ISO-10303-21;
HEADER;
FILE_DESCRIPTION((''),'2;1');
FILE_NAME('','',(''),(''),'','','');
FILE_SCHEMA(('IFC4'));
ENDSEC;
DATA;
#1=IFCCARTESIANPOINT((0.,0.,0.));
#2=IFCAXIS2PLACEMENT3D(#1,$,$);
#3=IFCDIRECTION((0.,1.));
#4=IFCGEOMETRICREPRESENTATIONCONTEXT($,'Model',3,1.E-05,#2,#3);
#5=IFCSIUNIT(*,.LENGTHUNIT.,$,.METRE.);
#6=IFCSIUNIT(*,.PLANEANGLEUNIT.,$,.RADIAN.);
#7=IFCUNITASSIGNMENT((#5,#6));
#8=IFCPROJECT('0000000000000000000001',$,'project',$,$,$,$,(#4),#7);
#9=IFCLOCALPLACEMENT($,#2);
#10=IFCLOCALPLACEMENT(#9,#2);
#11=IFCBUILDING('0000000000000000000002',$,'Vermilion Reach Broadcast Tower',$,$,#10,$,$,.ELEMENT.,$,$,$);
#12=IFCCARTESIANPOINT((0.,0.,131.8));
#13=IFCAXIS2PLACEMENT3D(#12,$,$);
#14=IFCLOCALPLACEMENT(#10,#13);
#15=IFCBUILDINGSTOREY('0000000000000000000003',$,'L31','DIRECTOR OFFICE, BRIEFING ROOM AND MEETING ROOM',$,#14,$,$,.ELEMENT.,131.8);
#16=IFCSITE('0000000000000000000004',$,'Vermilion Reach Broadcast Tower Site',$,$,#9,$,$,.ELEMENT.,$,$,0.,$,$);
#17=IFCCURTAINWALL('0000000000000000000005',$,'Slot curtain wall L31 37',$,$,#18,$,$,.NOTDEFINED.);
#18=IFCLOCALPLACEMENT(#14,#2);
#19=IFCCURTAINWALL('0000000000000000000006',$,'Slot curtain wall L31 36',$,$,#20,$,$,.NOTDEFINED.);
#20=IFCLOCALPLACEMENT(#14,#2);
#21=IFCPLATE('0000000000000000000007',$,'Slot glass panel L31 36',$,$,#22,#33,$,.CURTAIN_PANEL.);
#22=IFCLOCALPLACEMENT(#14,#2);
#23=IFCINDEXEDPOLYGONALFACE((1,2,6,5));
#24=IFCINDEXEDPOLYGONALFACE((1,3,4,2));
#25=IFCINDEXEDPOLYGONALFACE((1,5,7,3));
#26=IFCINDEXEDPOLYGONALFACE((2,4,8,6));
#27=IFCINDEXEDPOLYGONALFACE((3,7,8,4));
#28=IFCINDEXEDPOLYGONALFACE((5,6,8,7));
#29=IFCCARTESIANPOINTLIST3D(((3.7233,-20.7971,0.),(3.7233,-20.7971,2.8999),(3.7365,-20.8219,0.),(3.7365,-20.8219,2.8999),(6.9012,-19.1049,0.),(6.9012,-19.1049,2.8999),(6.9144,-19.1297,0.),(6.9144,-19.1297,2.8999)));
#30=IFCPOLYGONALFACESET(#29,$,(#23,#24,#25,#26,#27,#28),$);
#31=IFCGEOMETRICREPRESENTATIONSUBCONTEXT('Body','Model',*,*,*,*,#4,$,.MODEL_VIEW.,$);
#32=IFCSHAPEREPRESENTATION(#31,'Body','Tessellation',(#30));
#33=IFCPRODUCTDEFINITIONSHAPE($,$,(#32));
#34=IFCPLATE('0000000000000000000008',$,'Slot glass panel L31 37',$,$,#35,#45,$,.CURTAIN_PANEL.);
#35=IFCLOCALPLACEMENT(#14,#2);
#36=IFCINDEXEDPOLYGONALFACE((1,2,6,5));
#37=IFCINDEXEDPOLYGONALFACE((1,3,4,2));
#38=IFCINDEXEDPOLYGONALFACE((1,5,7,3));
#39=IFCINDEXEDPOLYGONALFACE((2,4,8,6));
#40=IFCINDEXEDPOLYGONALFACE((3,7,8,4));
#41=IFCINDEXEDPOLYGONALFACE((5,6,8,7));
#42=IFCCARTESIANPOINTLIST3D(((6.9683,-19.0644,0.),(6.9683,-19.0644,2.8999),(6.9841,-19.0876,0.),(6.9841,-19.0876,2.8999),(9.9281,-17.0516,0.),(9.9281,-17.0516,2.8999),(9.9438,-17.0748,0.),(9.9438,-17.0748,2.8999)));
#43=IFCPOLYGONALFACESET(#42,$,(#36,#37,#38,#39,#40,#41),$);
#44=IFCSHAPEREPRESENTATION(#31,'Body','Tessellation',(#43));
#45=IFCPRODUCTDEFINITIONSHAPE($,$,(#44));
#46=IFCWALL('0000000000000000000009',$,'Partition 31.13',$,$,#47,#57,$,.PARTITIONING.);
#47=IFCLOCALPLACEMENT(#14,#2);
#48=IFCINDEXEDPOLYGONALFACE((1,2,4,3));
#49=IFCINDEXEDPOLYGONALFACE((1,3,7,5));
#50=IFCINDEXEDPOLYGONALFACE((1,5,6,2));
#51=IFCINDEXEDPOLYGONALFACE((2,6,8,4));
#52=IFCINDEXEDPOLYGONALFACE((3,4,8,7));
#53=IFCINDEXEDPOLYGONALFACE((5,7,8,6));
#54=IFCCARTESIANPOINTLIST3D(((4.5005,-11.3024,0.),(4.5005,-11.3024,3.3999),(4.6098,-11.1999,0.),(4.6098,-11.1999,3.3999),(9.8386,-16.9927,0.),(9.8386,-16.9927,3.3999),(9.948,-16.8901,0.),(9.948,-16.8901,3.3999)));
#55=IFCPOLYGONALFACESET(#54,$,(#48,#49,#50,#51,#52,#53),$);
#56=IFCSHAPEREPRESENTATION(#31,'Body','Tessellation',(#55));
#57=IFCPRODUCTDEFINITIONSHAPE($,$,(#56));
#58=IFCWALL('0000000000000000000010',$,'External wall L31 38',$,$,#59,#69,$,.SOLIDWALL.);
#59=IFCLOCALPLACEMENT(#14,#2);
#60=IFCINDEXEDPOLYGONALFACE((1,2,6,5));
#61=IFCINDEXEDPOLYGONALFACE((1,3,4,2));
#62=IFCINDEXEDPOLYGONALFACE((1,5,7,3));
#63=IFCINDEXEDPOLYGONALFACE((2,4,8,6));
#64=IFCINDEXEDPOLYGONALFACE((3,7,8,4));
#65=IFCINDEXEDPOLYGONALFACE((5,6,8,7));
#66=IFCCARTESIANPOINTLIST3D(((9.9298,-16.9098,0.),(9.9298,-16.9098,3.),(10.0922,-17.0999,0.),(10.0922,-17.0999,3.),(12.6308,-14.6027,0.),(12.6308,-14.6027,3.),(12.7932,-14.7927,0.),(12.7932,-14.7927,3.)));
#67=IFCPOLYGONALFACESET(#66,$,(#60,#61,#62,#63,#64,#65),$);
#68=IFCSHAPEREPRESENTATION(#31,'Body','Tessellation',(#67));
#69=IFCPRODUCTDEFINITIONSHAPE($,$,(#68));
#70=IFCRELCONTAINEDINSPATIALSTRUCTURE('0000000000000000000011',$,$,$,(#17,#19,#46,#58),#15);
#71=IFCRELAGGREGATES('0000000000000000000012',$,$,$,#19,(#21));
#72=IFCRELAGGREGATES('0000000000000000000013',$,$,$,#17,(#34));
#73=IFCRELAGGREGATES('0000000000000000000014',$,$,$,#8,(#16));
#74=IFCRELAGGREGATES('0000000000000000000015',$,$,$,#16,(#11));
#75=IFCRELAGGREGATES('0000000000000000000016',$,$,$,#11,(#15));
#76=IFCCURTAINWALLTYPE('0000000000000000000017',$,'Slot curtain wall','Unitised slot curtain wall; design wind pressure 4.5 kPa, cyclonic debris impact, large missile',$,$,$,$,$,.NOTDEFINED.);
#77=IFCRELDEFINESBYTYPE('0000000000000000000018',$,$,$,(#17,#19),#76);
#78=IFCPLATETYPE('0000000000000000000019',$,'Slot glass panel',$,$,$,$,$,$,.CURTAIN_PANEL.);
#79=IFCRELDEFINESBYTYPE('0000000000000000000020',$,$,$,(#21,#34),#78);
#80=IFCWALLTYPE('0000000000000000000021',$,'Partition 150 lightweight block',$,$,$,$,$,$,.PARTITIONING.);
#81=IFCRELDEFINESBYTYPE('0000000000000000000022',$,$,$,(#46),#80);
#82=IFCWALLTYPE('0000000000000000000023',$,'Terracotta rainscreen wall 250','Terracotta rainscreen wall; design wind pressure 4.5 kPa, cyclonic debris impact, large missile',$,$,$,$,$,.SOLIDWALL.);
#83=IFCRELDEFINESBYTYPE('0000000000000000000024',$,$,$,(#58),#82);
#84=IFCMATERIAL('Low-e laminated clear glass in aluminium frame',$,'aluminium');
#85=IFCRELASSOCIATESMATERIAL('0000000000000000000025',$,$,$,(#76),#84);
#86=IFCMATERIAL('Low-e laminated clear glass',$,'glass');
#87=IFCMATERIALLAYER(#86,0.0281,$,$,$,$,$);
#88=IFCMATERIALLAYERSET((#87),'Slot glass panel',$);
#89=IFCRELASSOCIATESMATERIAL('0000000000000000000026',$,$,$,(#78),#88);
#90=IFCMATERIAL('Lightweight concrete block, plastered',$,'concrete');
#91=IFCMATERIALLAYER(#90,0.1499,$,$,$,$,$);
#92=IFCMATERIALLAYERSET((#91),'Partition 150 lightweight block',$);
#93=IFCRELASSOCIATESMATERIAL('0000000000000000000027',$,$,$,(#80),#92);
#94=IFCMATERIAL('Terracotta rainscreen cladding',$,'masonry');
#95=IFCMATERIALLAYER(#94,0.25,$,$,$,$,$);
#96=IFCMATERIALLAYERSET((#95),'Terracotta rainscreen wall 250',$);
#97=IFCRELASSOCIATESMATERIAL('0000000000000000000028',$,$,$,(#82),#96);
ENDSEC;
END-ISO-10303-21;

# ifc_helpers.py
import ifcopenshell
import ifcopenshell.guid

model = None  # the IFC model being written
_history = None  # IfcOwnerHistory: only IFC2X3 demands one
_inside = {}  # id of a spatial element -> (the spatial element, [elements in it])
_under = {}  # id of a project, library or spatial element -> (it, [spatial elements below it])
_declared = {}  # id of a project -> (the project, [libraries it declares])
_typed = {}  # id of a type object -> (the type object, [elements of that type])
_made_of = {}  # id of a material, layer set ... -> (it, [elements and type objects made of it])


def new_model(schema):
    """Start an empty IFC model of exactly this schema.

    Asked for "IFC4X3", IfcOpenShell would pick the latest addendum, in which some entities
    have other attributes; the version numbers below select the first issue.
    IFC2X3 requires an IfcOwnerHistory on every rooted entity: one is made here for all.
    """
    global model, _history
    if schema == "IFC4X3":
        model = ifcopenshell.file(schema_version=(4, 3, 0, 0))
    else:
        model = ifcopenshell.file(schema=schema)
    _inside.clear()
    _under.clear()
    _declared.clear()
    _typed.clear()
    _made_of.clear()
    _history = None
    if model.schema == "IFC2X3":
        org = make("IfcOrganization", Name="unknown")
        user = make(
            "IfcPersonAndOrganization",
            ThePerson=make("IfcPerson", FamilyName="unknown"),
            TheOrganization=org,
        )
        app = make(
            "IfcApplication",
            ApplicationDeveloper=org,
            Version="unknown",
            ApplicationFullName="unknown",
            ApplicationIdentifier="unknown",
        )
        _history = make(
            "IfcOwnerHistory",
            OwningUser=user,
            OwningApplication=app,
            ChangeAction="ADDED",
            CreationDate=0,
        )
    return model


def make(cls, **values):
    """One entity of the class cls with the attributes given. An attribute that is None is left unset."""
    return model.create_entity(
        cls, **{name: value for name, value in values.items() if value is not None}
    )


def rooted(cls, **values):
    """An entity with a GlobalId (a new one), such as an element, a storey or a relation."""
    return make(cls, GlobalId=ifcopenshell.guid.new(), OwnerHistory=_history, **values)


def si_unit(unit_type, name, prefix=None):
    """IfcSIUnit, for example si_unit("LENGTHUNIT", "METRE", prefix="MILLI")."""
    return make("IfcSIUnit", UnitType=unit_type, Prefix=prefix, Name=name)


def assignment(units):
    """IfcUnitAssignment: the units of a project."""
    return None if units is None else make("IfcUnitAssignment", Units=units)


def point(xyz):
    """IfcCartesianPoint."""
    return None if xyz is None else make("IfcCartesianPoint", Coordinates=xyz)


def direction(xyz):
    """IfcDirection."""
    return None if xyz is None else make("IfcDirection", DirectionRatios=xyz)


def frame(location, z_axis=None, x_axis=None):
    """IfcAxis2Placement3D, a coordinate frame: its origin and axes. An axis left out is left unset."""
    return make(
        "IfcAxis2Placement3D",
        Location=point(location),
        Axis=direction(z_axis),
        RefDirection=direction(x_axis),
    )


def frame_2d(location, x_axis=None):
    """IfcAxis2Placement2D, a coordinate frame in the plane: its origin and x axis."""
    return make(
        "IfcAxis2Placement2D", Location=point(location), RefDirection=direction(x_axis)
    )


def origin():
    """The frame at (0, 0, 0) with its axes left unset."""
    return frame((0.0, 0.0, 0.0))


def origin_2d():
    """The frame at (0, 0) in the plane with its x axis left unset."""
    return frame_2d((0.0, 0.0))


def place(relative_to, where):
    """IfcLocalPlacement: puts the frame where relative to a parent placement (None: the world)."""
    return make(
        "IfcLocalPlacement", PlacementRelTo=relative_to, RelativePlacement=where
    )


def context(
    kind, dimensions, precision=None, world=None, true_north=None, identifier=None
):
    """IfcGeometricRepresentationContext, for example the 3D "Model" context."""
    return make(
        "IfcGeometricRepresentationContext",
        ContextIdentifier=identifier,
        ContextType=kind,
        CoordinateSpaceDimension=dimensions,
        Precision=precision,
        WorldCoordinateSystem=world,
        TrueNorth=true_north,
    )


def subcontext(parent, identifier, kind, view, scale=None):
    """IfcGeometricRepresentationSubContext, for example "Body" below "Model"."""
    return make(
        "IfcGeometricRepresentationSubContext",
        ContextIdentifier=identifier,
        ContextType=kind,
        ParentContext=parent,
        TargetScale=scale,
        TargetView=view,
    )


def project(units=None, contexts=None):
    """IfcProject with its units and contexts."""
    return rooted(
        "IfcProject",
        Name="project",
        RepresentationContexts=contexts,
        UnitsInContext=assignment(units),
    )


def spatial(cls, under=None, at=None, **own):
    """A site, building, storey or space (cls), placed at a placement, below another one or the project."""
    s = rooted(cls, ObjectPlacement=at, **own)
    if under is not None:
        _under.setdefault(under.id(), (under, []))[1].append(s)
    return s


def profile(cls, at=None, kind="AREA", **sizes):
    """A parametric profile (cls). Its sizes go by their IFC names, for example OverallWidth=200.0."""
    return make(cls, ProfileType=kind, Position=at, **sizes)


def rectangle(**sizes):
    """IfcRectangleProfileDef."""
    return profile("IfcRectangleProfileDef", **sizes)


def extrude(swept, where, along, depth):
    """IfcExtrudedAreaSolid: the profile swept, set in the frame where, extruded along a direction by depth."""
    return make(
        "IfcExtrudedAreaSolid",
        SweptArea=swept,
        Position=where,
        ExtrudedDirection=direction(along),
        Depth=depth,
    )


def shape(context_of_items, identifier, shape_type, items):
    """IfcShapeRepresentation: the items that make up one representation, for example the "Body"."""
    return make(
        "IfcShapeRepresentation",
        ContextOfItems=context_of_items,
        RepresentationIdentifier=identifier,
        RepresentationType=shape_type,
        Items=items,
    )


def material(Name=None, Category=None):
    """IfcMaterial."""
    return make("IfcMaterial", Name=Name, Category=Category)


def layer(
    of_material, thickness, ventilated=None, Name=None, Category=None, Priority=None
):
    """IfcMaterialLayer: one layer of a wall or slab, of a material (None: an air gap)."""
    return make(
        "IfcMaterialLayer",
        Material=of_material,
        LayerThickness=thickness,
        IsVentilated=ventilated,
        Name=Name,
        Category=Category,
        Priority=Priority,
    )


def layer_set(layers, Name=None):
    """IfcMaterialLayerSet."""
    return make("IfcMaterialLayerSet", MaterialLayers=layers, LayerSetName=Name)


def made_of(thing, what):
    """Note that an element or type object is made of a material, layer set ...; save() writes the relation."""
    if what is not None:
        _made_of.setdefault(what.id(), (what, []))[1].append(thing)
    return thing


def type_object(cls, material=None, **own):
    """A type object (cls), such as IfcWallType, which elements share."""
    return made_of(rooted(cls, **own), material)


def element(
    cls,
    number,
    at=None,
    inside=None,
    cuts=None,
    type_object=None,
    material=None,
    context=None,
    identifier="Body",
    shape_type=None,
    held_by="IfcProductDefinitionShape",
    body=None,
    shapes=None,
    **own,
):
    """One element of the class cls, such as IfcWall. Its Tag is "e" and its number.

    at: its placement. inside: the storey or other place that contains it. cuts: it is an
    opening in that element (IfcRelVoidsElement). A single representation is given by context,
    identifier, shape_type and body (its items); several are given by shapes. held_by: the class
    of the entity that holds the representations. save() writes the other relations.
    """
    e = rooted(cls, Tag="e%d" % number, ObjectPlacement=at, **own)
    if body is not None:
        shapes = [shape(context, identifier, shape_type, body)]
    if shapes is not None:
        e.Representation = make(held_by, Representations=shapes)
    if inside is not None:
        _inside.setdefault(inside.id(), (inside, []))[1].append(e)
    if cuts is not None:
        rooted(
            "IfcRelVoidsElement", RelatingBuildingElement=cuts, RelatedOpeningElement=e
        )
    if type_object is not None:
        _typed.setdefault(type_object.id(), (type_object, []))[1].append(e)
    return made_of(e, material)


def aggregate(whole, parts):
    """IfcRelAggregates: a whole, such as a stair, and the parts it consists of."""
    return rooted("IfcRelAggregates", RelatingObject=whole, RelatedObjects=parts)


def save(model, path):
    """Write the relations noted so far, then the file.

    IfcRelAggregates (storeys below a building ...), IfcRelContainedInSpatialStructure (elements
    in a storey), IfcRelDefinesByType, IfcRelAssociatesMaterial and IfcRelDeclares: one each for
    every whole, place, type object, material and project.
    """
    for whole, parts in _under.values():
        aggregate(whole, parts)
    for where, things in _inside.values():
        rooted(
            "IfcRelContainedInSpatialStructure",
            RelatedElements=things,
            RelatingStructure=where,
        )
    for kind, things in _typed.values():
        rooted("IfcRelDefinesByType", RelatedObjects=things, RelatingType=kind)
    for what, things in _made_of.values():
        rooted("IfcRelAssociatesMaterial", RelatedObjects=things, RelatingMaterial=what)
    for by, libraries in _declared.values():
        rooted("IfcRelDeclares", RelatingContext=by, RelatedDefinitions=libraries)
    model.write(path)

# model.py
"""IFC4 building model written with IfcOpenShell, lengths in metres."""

from ifc_helpers import new_model, si_unit, direction, frame, frame_2d, origin, origin_2d, place, context, subcontext, project, spatial, rectangle, extrude, material, layer, layer_set, type_object, element, aggregate, save


model = new_model("IFC4")

# Units and contexts
model_context = context("Model", 3, precision=1e-05, world=origin(), true_north=direction((0.0, 1.0)))
body_context = subcontext(model_context, "Body", "Model", "MODEL_VIEW")
ifc_project = project(units=[si_unit("LENGTHUNIT", "METRE"), si_unit("PLANEANGLEUNIT", "RADIAN")], contexts=[model_context])

# Site, building, storey
site_placement = place(None, origin())
site = spatial("IfcSite", under=ifc_project, at=site_placement, Name="Vermilion Reach Broadcast Tower Site", CompositionType="ELEMENT", RefElevation=0.0)
building_placement = place(site_placement, origin())
building = spatial("IfcBuilding", under=site, at=building_placement, Name="Vermilion Reach Broadcast Tower", CompositionType="ELEMENT")
storey_placement = place(building_placement, frame((0.0, 0.0, 131.8)))
storey = spatial("IfcBuildingStorey", under=building, at=storey_placement, Name="L31", Description="DIRECTOR OFFICE, BRIEFING ROOM AND MEETING ROOM", CompositionType="ELEMENT", Elevation=131.8)

# Curtain wall
ifc_material_1 = material(Name="Low-e laminated clear glass in aluminium frame", Category="aluminium")
curtain_wall_type = type_object("IfcCurtainWallType", Name="Slot curtain wall", Description="Unitised slot curtain wall; design wind pressure 4.5 kPa, cyclonic debris impact, large missile", PredefinedType="NOTDEFINED", material=ifc_material_1)
placement = place(storey_placement, origin())
curtain_wall_1 = element("IfcCurtainWall", 1, at=placement, inside=storey, type_object=curtain_wall_type, Name="Slot curtain wall L31 37", PredefinedType="NOTDEFINED")

# Curtain wall, plate
curtain_wall_2 = element("IfcCurtainWall", 2, at=placement, inside=storey, type_object=curtain_wall_type, Name="Slot curtain wall L31 36", PredefinedType="NOTDEFINED")
ifc_material_2 = material(Name="Low-e laminated clear glass", Category="glass")
ifc_layer_1 = layer(ifc_material_2, 0.0281)
ifc_layer_set_1 = layer_set([ifc_layer_1], Name="Slot glass panel")
plate_type = type_object("IfcPlateType", Name="Slot glass panel", PredefinedType="CURTAIN_PANEL", material=ifc_layer_set_1)
plate_1_placement = place(storey_placement, frame((5.3188, -19.9634, 0.0), z_axis=(0.0, 0.0, 1.0), x_axis=(0.882666, 0.47, 0.0)))
plate_1 = element("IfcPlate", 3, at=plate_1_placement, type_object=plate_type, Name="Slot glass panel L31 36", PredefinedType="CURTAIN_PANEL", context=body_context, shape_type="SweptSolid", body=[
    extrude(rectangle(XDim=3.6003, YDim=0.0281, at=origin_2d()), origin(), (0.0, 0.0, 1.0), 2.8999),
])
aggregate(curtain_wall_2, [plate_1])

# Plate
plate_2_placement = place(storey_placement, frame((8.4561, -18.0696, 0.0), z_axis=(0.0, 0.0, 1.0), x_axis=(0.826908, 0.562337, 0.0)))
plate_2 = element("IfcPlate", 4, at=plate_2_placement, type_object=plate_type, Name="Slot glass panel L31 37", PredefinedType="CURTAIN_PANEL", context=body_context, shape_type="SweptSolid", body=[
    extrude(rectangle(XDim=3.5793, YDim=0.0281, at=origin_2d()), origin(), (0.0, 0.0, 1.0), 2.8999),
])
aggregate(curtain_wall_1, [plate_2])

# Walls
ifc_material_3 = material(Name="Lightweight concrete block, plastered", Category="concrete")
ifc_layer_2 = layer(ifc_material_3, 0.1499)
ifc_layer_set_2 = layer_set([ifc_layer_2], Name="Partition 150 lightweight block")
wall_type_1 = type_object("IfcWallType", Name="Partition 150 lightweight block", PredefinedType="PARTITIONING", material=ifc_layer_set_2)
wall_1_placement = place(storey_placement, frame((9.8933, -16.9414, 0.0), z_axis=(0.0, 0.0, 1.0), x_axis=(-0.684186, 0.729308, 0.0)))
element("IfcWall", 5, at=wall_1_placement, inside=storey, type_object=wall_type_1, Name="Partition 31.13", PredefinedType="PARTITIONING", context=body_context, shape_type="SweptSolid", body=[
    extrude(rectangle(XDim=7.8022, YDim=0.1499, at=frame_2d((3.9011, 0.0))), origin(), (0.0, 0.0, 1.0), 3.3999),
])
ifc_material_4 = material(Name="Terracotta rainscreen cladding", Category="masonry")
ifc_layer_3 = layer(ifc_material_4, 0.25)
ifc_layer_set_3 = layer_set([ifc_layer_3], Name="Terracotta rainscreen wall 250")
wall_type_2 = type_object("IfcWallType", Name="Terracotta rainscreen wall 250", Description="Terracotta rainscreen wall; design wind pressure 4.5 kPa, cyclonic debris impact, large missile", PredefinedType="SOLIDWALL", material=ifc_layer_set_3)
wall_2_placement = place(storey_placement, frame((10.011, -17.0049, 0.0), z_axis=(0.0, 0.0, 1.0), x_axis=(0.760362, 0.6495, 0.0)))
element("IfcWall", 6, at=wall_2_placement, inside=storey, type_object=wall_type_2, Name="External wall L31 38", PredefinedType="SOLIDWALL", context=body_context, shape_type="SweptSolid", body=[
    extrude(rectangle(XDim=3.5522, YDim=0.25, at=frame_2d((1.7761, 0.0))), origin(), (0.0, 0.0, 1.0), 3.0),
])

save(model, "model.ifc")
